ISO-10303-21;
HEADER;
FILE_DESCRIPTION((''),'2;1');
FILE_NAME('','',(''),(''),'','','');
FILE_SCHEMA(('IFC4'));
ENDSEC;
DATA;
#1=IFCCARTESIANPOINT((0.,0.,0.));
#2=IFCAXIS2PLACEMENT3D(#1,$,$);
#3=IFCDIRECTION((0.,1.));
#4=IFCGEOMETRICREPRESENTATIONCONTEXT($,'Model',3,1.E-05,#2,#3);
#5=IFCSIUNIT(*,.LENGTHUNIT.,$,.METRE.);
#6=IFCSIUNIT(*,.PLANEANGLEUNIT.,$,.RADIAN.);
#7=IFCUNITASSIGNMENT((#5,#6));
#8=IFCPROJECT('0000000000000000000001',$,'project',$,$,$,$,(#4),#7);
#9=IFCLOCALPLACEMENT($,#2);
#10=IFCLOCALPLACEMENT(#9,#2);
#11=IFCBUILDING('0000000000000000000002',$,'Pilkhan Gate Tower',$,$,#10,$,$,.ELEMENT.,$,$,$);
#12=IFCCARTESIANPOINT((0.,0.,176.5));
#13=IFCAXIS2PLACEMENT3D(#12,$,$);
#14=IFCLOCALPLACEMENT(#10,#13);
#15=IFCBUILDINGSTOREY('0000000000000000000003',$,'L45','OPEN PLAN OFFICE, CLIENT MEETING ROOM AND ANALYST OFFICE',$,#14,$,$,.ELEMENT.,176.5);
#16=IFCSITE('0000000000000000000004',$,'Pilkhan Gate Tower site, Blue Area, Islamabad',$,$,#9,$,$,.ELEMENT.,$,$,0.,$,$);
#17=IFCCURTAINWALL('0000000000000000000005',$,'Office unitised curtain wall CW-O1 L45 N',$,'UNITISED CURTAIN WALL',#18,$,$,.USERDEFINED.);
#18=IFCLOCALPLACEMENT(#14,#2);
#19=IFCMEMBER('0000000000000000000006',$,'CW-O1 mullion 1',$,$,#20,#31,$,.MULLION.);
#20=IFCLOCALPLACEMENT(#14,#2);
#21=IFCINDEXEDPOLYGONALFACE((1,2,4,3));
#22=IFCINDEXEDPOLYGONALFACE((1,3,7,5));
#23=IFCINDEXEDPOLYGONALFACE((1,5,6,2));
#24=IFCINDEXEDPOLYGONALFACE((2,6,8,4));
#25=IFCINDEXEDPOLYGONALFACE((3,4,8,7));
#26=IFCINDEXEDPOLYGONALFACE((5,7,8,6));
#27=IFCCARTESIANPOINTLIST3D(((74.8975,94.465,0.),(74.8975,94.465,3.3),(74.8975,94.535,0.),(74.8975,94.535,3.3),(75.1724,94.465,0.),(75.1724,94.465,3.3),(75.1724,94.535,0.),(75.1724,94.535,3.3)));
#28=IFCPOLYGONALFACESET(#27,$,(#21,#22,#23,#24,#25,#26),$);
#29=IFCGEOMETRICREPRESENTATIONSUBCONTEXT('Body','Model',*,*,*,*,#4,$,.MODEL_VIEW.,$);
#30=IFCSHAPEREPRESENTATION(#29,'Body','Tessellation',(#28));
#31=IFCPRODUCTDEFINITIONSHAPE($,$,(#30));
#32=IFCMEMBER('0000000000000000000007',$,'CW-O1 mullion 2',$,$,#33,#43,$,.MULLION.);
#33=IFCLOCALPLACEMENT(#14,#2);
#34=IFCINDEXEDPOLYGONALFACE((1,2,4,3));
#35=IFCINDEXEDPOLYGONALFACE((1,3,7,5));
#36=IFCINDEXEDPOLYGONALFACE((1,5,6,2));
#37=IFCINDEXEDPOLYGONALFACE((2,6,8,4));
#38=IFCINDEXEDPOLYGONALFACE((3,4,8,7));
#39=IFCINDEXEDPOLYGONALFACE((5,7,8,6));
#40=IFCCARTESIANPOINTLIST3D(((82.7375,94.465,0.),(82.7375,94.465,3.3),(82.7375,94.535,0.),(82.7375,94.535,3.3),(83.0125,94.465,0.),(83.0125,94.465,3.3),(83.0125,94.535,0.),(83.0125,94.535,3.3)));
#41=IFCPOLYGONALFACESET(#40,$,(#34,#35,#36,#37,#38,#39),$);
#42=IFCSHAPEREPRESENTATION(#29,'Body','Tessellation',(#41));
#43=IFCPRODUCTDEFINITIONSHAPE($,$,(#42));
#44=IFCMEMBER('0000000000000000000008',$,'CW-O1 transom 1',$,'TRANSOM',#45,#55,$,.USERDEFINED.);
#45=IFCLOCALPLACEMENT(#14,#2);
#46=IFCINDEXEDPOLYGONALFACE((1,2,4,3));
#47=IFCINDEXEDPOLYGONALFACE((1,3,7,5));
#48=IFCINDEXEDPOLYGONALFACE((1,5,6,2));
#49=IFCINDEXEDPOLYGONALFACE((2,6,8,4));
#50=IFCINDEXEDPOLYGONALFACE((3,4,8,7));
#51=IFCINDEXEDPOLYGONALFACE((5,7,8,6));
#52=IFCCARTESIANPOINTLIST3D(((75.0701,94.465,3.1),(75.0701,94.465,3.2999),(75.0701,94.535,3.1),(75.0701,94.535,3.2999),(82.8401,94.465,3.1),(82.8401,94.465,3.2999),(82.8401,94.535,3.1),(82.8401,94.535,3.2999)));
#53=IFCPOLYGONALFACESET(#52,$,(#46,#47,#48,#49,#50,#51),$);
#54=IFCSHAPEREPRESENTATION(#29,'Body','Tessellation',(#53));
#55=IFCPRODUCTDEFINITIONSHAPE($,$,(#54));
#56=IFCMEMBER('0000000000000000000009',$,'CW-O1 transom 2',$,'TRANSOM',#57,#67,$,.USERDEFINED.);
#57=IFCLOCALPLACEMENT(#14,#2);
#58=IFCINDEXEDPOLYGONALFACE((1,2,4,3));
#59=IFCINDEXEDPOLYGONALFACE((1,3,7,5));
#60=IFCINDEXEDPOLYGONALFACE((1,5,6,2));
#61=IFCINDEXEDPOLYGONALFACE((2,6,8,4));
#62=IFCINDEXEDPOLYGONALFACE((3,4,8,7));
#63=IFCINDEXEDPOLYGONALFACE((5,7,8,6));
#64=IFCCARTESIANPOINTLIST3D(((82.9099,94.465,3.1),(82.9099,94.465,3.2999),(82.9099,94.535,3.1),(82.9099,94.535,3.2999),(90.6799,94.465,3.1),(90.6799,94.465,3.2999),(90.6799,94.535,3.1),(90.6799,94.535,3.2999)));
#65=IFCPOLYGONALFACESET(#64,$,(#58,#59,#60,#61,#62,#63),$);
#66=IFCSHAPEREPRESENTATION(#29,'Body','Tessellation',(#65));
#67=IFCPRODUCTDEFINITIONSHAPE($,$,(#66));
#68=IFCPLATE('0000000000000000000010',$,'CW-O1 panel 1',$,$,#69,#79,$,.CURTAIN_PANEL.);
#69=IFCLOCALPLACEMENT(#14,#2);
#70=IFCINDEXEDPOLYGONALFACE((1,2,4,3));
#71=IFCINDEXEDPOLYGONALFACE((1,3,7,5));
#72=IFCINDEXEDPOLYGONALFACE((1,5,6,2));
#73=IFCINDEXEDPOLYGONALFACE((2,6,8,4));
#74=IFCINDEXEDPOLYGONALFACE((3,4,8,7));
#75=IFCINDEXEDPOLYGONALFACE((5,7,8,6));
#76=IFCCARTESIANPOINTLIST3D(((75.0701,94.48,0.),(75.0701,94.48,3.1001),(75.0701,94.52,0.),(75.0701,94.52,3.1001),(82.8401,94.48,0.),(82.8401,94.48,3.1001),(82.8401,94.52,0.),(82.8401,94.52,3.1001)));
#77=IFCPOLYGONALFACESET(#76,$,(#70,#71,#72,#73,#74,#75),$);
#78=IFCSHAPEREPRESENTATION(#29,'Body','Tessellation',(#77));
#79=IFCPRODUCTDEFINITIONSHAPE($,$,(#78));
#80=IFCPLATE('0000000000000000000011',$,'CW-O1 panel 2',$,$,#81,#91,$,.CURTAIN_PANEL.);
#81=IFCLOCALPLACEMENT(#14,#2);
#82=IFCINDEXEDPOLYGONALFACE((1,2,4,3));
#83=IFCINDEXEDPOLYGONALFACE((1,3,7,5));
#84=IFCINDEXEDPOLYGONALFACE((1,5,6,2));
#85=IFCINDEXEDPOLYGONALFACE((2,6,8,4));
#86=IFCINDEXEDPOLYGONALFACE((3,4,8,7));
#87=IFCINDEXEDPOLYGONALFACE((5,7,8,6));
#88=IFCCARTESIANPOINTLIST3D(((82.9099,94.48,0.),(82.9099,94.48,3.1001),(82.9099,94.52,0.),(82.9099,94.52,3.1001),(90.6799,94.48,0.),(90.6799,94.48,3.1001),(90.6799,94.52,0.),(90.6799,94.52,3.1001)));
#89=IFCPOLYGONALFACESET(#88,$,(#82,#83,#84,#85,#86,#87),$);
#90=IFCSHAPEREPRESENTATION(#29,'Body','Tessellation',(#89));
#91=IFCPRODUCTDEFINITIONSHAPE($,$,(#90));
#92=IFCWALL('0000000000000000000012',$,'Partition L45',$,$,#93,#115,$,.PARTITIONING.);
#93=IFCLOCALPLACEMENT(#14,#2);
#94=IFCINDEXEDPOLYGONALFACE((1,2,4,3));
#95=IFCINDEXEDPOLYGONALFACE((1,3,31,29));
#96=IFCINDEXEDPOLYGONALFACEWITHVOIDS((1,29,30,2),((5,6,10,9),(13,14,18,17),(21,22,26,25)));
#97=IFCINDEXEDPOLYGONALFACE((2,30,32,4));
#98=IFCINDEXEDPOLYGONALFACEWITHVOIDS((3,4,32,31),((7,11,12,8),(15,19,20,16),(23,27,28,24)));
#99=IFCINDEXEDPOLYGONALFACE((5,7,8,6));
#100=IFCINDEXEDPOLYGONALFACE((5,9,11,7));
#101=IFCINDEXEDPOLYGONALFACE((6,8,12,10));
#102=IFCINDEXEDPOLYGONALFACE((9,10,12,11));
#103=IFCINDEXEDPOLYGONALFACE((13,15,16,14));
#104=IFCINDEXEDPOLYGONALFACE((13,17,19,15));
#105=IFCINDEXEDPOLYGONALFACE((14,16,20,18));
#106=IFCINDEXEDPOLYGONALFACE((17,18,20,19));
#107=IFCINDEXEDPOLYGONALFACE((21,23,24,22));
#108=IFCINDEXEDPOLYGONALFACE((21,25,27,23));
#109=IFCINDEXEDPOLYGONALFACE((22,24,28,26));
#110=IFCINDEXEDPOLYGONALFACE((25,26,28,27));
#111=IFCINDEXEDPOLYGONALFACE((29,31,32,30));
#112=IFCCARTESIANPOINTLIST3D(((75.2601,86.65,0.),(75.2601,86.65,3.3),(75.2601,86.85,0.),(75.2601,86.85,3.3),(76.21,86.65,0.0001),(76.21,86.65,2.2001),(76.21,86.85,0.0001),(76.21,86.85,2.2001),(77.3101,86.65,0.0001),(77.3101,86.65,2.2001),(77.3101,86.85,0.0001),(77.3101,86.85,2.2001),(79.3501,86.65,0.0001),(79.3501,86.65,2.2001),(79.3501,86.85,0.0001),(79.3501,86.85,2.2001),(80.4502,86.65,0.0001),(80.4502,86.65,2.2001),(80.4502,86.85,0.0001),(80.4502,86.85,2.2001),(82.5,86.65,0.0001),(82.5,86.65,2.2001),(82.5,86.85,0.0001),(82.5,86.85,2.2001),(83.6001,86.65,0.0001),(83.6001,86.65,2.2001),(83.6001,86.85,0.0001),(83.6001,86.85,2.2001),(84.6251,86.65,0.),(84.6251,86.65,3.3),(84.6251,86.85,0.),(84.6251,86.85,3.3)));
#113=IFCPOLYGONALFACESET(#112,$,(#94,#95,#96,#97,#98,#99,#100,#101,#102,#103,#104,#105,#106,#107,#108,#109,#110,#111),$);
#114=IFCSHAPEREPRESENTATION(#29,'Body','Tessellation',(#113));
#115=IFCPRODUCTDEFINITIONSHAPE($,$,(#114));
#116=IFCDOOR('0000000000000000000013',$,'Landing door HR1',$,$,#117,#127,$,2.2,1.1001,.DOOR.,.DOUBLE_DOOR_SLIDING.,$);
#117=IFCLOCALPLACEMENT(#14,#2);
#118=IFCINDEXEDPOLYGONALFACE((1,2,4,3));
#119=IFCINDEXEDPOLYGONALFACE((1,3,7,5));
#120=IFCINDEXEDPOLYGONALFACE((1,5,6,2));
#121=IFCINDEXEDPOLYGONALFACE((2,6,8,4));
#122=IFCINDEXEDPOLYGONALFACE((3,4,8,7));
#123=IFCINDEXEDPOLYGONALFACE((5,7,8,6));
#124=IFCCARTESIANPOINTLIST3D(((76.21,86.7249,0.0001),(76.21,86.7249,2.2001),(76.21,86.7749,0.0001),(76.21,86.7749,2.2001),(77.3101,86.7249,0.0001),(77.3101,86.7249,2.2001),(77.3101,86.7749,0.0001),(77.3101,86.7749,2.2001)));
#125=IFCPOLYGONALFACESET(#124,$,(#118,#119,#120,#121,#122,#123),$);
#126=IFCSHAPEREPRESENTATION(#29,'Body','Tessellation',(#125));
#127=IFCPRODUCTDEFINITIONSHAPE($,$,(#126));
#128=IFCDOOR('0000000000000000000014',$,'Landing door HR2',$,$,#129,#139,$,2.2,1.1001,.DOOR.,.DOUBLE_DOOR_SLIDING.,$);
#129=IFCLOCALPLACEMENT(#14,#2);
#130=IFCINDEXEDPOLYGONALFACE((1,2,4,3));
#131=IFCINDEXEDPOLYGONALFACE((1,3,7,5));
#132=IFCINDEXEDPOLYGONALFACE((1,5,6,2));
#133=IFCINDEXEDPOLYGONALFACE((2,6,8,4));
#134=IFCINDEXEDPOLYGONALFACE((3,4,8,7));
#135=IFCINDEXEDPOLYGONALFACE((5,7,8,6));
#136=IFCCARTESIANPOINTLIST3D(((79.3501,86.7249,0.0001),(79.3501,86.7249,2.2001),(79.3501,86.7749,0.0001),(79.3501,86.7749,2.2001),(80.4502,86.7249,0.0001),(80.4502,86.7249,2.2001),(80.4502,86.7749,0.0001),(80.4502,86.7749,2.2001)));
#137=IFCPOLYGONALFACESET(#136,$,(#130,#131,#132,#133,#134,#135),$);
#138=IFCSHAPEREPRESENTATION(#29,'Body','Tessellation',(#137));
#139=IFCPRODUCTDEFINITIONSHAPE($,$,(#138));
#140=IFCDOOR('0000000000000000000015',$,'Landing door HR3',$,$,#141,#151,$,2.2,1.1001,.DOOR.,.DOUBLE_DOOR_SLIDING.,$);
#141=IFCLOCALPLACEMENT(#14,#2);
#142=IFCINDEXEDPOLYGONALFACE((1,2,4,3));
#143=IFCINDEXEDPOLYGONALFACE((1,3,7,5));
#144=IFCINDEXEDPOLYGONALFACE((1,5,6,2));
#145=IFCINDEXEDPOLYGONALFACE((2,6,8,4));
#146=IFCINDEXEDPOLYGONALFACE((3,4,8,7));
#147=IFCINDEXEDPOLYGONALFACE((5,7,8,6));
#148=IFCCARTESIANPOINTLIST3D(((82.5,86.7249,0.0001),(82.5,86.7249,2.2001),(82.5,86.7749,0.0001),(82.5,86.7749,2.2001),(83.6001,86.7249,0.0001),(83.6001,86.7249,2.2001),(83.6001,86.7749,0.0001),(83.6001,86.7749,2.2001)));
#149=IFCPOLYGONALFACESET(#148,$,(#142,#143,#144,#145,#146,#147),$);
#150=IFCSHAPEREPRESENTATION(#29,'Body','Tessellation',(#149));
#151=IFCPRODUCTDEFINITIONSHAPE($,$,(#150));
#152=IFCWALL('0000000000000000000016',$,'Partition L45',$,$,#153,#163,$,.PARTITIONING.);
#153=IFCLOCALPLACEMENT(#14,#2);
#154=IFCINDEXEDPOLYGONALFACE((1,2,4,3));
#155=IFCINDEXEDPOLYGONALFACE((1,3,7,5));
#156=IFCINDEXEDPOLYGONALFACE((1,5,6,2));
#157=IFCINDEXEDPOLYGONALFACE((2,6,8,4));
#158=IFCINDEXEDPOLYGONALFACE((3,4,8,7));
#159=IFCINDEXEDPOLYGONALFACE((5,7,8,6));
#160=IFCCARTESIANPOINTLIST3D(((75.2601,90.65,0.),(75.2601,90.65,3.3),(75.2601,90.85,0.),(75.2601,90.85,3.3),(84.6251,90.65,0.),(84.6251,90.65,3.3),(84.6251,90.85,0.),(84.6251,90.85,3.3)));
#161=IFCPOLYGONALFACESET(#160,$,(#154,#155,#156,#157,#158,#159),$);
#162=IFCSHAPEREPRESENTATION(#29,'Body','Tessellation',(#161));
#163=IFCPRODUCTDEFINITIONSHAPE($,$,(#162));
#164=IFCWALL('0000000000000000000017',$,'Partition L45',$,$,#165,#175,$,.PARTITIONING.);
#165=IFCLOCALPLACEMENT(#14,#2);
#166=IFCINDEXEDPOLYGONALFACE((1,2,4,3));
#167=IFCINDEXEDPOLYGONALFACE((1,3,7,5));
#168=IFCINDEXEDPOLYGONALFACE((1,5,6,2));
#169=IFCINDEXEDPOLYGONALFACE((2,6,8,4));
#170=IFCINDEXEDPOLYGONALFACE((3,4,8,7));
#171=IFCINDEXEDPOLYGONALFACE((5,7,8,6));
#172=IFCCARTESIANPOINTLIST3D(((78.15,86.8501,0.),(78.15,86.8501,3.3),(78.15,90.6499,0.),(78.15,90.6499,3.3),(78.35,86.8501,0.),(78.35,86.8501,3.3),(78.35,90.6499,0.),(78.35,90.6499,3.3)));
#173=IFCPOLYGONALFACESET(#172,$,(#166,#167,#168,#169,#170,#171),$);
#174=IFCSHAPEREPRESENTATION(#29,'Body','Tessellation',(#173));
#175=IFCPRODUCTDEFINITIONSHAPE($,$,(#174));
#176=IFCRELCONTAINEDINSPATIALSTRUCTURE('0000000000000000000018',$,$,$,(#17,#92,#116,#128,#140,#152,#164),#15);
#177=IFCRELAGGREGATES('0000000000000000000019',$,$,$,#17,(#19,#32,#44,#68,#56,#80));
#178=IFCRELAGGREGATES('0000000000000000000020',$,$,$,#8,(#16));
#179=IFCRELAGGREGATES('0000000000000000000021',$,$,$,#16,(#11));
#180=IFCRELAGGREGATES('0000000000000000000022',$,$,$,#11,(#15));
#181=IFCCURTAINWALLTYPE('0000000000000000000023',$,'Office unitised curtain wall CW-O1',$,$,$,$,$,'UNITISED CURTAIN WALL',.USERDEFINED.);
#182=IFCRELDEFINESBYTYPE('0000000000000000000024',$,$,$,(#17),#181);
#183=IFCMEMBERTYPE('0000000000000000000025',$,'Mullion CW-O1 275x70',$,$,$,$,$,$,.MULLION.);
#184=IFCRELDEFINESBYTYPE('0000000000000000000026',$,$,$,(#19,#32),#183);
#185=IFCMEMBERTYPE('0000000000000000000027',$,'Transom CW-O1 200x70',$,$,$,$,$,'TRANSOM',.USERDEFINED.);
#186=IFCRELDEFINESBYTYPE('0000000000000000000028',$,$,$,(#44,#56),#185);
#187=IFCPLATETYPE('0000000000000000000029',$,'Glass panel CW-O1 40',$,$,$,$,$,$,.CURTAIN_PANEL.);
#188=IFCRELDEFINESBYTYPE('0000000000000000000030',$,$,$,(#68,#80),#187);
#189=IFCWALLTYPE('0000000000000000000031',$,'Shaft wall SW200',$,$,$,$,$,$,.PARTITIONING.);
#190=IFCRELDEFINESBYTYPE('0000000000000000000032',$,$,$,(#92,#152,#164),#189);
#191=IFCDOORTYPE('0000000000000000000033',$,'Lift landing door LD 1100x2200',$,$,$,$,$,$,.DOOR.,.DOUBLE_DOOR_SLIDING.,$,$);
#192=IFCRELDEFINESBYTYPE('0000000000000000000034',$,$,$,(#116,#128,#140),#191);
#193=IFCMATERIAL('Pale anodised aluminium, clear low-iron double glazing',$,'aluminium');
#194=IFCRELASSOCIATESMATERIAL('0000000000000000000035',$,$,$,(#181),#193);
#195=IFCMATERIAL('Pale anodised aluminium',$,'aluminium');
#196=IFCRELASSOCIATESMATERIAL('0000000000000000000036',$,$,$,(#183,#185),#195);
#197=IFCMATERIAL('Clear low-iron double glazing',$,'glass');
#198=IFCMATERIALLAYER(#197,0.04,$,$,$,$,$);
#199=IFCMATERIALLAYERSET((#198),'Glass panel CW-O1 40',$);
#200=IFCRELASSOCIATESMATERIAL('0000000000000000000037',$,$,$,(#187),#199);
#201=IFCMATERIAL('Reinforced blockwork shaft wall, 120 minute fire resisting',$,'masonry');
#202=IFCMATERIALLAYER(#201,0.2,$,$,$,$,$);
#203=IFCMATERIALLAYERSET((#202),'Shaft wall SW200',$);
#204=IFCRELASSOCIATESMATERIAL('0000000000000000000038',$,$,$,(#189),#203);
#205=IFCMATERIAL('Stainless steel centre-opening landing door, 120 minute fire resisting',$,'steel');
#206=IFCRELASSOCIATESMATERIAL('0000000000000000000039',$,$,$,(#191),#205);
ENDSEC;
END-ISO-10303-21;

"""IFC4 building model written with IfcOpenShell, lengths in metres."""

from ifc_helpers import new_model, si_unit, direction, frame, frame_2d, origin, origin_2d, place, context, subcontext, project, spatial, rectangle, extrude, material, layer, layer_set, material_profile, profile_set, type_object, element, fill, aggregate, save


model = new_model("IFC4")

# Units and contexts
model_context = context("Model", 3, precision=1e-05, world=origin(), true_north=direction((0.0, 1.0)))
body_context = subcontext(model_context, "Body", "Model", "MODEL_VIEW")
ifc_project = project(units=[si_unit("LENGTHUNIT", "METRE"), si_unit("PLANEANGLEUNIT", "RADIAN")], contexts=[model_context])

# Site, building, storey
site_placement = place(None, origin())
site = spatial("IfcSite", under=ifc_project, at=site_placement, Name="Pilkhan Gate Tower site, Blue Area, Islamabad", CompositionType="ELEMENT", RefElevation=0.0)
building_placement = place(site_placement, origin())
building = spatial("IfcBuilding", under=site, at=building_placement, Name="Pilkhan Gate Tower", CompositionType="ELEMENT")
storey_placement = place(building_placement, frame((0.0, 0.0, 176.5)))
storey = spatial("IfcBuildingStorey", under=building, at=storey_placement, Name="L45", Description="OPEN PLAN OFFICE, CLIENT MEETING ROOM AND ANALYST OFFICE", CompositionType="ELEMENT", Elevation=176.5)

# Curtain wall, members, plates
ifc_material_1 = material(Name="Pale anodised aluminium, clear low-iron double glazing", Category="aluminium")
curtain_wall_type = type_object("IfcCurtainWallType", Name="Office unitised curtain wall CW-O1", ElementType="UNITISED CURTAIN WALL", PredefinedType="USERDEFINED", material=ifc_material_1)
curtain_wall_placement = place(storey_placement, origin())
curtain_wall = element("IfcCurtainWall", 1, at=curtain_wall_placement, inside=storey, type_object=curtain_wall_type, Name="Office unitised curtain wall CW-O1 L45 N", ObjectType="UNITISED CURTAIN WALL", PredefinedType="USERDEFINED")
ifc_material_2 = material(Name="Pale anodised aluminium", Category="aluminium")
ifc_material_profile_1 = material_profile(ifc_material_2, rectangle(XDim=0.0701, YDim=0.2749, at=origin_2d()), Name="Mullion 275x70")
ifc_profile_set_1 = profile_set([ifc_material_profile_1], Name="Pale anodised aluminium")
member_type_1 = type_object("IfcMemberType", Name="Mullion CW-O1 275x70", PredefinedType="MULLION", material=ifc_profile_set_1)
member_1_placement = place(storey_placement, frame((75.0349, 94.5, 0.0), z_axis=(0.0, 0.0, 1.0), x_axis=(0.0, 1.0, 0.0)))
member_1 = element("IfcMember", 2, at=member_1_placement, type_object=member_type_1, Name="CW-O1 mullion 1", PredefinedType="MULLION", context=body_context, shape_type="SweptSolid", body=[
    extrude(rectangle(XDim=0.0701, YDim=0.2749, at=origin_2d()), origin(), (0.0, 0.0, 1.0), 3.3),
])
member_2_placement = place(storey_placement, frame((82.875, 94.5, 0.0), z_axis=(0.0, 0.0, 1.0), x_axis=(0.0, 1.0, 0.0)))
member_2 = element("IfcMember", 3, at=member_2_placement, type_object=member_type_1, Name="CW-O1 mullion 2", PredefinedType="MULLION", context=body_context, shape_type="SweptSolid", body=[
    extrude(rectangle(XDim=0.0701, YDim=0.2749, at=origin_2d()), origin(), (0.0, 0.0, 1.0), 3.3),
])
ifc_material_profile_2 = material_profile(ifc_material_2, rectangle(XDim=0.0701, YDim=0.2, at=origin_2d()), Name="Transom 200x70")
ifc_profile_set_2 = profile_set([ifc_material_profile_2], Name="Pale anodised aluminium")
member_type_2 = type_object("IfcMemberType", Name="Transom CW-O1 200x70", ElementType="TRANSOM", PredefinedType="USERDEFINED", material=ifc_profile_set_2)
member_3_placement = place(storey_placement, frame((75.0701, 94.5, 3.2), z_axis=(1.0, 0.0, 0.0), x_axis=(0.0, 1.0, 0.0)))
member_3 = element("IfcMember", 4, at=member_3_placement, type_object=member_type_2, Name="CW-O1 transom 1", ObjectType="TRANSOM", PredefinedType="USERDEFINED", context=body_context, shape_type="SweptSolid", body=[
    extrude(rectangle(XDim=0.0701, YDim=0.2, at=origin_2d()), origin(), (0.0, 0.0, 1.0), 7.77),
])
member_4_placement = place(storey_placement, frame((82.9099, 94.5, 3.2), z_axis=(1.0, 0.0, 0.0), x_axis=(0.0, 1.0, 0.0)))
member_4 = element("IfcMember", 5, at=member_4_placement, type_object=member_type_2, Name="CW-O1 transom 2", ObjectType="TRANSOM", PredefinedType="USERDEFINED", context=body_context, shape_type="SweptSolid", body=[
    extrude(rectangle(XDim=0.0701, YDim=0.2, at=origin_2d()), origin(), (0.0, 0.0, 1.0), 7.77),
])
ifc_material_3 = material(Name="Clear low-iron double glazing", Category="glass")
ifc_layer_1 = layer(ifc_material_3, 0.04)
ifc_layer_set_1 = layer_set([ifc_layer_1], Name="Glass panel CW-O1 40")
plate_type = type_object("IfcPlateType", Name="Glass panel CW-O1 40", PredefinedType="CURTAIN_PANEL", material=ifc_layer_set_1)
plate_1_placement = place(storey_placement, frame((78.9551, 94.5, 0.0), z_axis=(0.0, 0.0, 1.0), x_axis=(1.0, 0.0, 0.0)))
plate_1 = element("IfcPlate", 6, at=plate_1_placement, type_object=plate_type, Name="CW-O1 panel 1", PredefinedType="CURTAIN_PANEL", context=body_context, shape_type="SweptSolid", body=[
    extrude(rectangle(XDim=7.77, YDim=0.04, at=origin_2d()), origin(), (0.0, 0.0, 1.0), 3.1001),
])
plate_2_placement = place(storey_placement, frame((86.7949, 94.5, 0.0), z_axis=(0.0, 0.0, 1.0), x_axis=(1.0, 0.0, 0.0)))
plate_2 = element("IfcPlate", 7, at=plate_2_placement, type_object=plate_type, Name="CW-O1 panel 2", PredefinedType="CURTAIN_PANEL", context=body_context, shape_type="SweptSolid", body=[
    extrude(rectangle(XDim=7.77, YDim=0.04, at=origin_2d()), origin(), (0.0, 0.0, 1.0), 3.1001),
])
aggregate(curtain_wall, [member_1, member_2, member_3, plate_1, member_4, plate_2])

# Wall, openings, doors
ifc_material_4 = material(Name="Reinforced blockwork shaft wall, 120 minute fire resisting", Category="masonry")
ifc_layer_2 = layer(ifc_material_4, 0.2)
ifc_layer_set_2 = layer_set([ifc_layer_2], Name="Shaft wall SW200")
wall_type_1 = type_object("IfcWallType", Name="Shaft wall SW200", PredefinedType="PARTITIONING", material=ifc_layer_set_2)
wall_1_placement = place(storey_placement, frame((75.26, 86.75, 0.0), z_axis=(0.0, 0.0, 1.0), x_axis=(1.0, 0.0, 0.0)))
wall_1 = element("IfcWall", 8, at=wall_1_placement, inside=storey, type_object=wall_type_1, Name="Partition L45", PredefinedType="PARTITIONING", context=body_context, shape_type="SweptSolid", body=[
    extrude(rectangle(XDim=9.365, YDim=0.2, at=frame_2d((4.6826, 0.0))), origin(), (0.0, 0.0, 1.0), 3.3),
])
opening_1_placement = place(wall_1_placement, frame((0.95, 0.0, 0.0)))
opening_1 = element("IfcOpeningElement", 9, at=opening_1_placement, cuts=wall_1, PredefinedType="OPENING", context=body_context, shape_type="SweptSolid", body=[
    extrude(rectangle(XDim=1.1001, YDim=2.2, at=frame_2d((0.55, 1.1001))), frame((0.0, 0.1099, 0.0), z_axis=(0.0, -1.0, 0.0), x_axis=(1.0, 0.0, 0.0)), (0.0, 0.0, 1.0), 0.22),
])
opening_2_placement = place(wall_1_placement, frame((4.0901, 0.0, 0.0)))
opening_2 = element("IfcOpeningElement", 10, at=opening_2_placement, cuts=wall_1, PredefinedType="OPENING", context=body_context, shape_type="SweptSolid", body=[
    extrude(rectangle(XDim=1.1001, YDim=2.2, at=frame_2d((0.55, 1.1001))), frame((0.0, 0.1099, 0.0), z_axis=(0.0, -1.0, 0.0), x_axis=(1.0, 0.0, 0.0)), (0.0, 0.0, 1.0), 0.22),
])
opening_3_placement = place(wall_1_placement, frame((7.24, 0.0, 0.0)))
opening_3 = element("IfcOpeningElement", 11, at=opening_3_placement, cuts=wall_1, PredefinedType="OPENING", context=body_context, shape_type="SweptSolid", body=[
    extrude(rectangle(XDim=1.1001, YDim=2.2, at=frame_2d((0.55, 1.1001))), frame((0.0, 0.1099, 0.0), z_axis=(0.0, -1.0, 0.0), x_axis=(1.0, 0.0, 0.0)), (0.0, 0.0, 1.0), 0.22),
])
ifc_material_5 = material(Name="Stainless steel centre-opening landing door, 120 minute fire resisting", Category="steel")
door_type = type_object("IfcDoorType", Name="Lift landing door LD 1100x2200", OperationType="DOUBLE_DOOR_SLIDING", PredefinedType="DOOR", material=ifc_material_5)
door_1_placement = place(opening_1_placement, origin())
door_1 = element("IfcDoor", 12, at=door_1_placement, inside=storey, type_object=door_type, Name="Landing door HR1", OperationType="DOUBLE_DOOR_SLIDING", OverallHeight=2.2, OverallWidth=1.1001, PredefinedType="DOOR", context=body_context, shape_type="SweptSolid", body=[
    extrude(rectangle(XDim=1.1001, YDim=2.2, at=frame_2d((0.55, 1.1001))), frame((0.0, 0.0249, 0.0), z_axis=(0.0, -1.0, 0.0), x_axis=(1.0, 0.0, 0.0)), (0.0, 0.0, 1.0), 0.05),
])
fill(opening_1, door_1)
door_2_placement = place(opening_2_placement, origin())
door_2 = element("IfcDoor", 13, at=door_2_placement, inside=storey, type_object=door_type, Name="Landing door HR2", OperationType="DOUBLE_DOOR_SLIDING", OverallHeight=2.2, OverallWidth=1.1001, PredefinedType="DOOR", context=body_context, shape_type="SweptSolid", body=[
    extrude(rectangle(XDim=1.1001, YDim=2.2, at=frame_2d((0.55, 1.1001))), frame((0.0, 0.0249, 0.0), z_axis=(0.0, -1.0, 0.0), x_axis=(1.0, 0.0, 0.0)), (0.0, 0.0, 1.0), 0.05),
])
fill(opening_2, door_2)
door_3_placement = place(opening_3_placement, origin())
door_3 = element("IfcDoor", 14, at=door_3_placement, inside=storey, type_object=door_type, Name="Landing door HR3", OperationType="DOUBLE_DOOR_SLIDING", OverallHeight=2.2, OverallWidth=1.1001, PredefinedType="DOOR", context=body_context, shape_type="SweptSolid", body=[
    extrude(rectangle(XDim=1.1001, YDim=2.2, at=frame_2d((0.55, 1.1001))), frame((0.0, 0.0249, 0.0), z_axis=(0.0, -1.0, 0.0), x_axis=(1.0, 0.0, 0.0)), (0.0, 0.0, 1.0), 0.05),
])
fill(opening_3, door_3)

# Walls
wall_2_placement = place(storey_placement, frame((75.26, 90.75, 0.0), z_axis=(0.0, 0.0, 1.0), x_axis=(1.0, 0.0, 0.0)))
element("IfcWall", 15, at=wall_2_placement, inside=storey, type_object=wall_type_1, Name="Partition L45", PredefinedType="PARTITIONING", context=body_context, shape_type="SweptSolid", body=[
    extrude(rectangle(XDim=9.365, YDim=0.2, at=frame_2d((4.6826, 0.0))), origin(), (0.0, 0.0, 1.0), 3.3),
])
for number, where, z_axis, x_axis, name in (
    (16, (78.25, 86.8501, 0.0), (0.0, 0.0, 1.0), (0.0, 1.0, 0.0), "Partition L45"),
):
    element("IfcWall", number, at=place(storey_placement, frame(where, z_axis=z_axis, x_axis=x_axis)), inside=storey, type_object=wall_type_1, Name=name, PredefinedType="PARTITIONING", context=body_context, shape_type="SweptSolid", body=[
        extrude(rectangle(XDim=3.7998, YDim=0.2, at=frame_2d((1.8999, 0.0))), origin(), (0.0, 0.0, 1.0), 3.3),
    ])

save(model, "model.ifc")
